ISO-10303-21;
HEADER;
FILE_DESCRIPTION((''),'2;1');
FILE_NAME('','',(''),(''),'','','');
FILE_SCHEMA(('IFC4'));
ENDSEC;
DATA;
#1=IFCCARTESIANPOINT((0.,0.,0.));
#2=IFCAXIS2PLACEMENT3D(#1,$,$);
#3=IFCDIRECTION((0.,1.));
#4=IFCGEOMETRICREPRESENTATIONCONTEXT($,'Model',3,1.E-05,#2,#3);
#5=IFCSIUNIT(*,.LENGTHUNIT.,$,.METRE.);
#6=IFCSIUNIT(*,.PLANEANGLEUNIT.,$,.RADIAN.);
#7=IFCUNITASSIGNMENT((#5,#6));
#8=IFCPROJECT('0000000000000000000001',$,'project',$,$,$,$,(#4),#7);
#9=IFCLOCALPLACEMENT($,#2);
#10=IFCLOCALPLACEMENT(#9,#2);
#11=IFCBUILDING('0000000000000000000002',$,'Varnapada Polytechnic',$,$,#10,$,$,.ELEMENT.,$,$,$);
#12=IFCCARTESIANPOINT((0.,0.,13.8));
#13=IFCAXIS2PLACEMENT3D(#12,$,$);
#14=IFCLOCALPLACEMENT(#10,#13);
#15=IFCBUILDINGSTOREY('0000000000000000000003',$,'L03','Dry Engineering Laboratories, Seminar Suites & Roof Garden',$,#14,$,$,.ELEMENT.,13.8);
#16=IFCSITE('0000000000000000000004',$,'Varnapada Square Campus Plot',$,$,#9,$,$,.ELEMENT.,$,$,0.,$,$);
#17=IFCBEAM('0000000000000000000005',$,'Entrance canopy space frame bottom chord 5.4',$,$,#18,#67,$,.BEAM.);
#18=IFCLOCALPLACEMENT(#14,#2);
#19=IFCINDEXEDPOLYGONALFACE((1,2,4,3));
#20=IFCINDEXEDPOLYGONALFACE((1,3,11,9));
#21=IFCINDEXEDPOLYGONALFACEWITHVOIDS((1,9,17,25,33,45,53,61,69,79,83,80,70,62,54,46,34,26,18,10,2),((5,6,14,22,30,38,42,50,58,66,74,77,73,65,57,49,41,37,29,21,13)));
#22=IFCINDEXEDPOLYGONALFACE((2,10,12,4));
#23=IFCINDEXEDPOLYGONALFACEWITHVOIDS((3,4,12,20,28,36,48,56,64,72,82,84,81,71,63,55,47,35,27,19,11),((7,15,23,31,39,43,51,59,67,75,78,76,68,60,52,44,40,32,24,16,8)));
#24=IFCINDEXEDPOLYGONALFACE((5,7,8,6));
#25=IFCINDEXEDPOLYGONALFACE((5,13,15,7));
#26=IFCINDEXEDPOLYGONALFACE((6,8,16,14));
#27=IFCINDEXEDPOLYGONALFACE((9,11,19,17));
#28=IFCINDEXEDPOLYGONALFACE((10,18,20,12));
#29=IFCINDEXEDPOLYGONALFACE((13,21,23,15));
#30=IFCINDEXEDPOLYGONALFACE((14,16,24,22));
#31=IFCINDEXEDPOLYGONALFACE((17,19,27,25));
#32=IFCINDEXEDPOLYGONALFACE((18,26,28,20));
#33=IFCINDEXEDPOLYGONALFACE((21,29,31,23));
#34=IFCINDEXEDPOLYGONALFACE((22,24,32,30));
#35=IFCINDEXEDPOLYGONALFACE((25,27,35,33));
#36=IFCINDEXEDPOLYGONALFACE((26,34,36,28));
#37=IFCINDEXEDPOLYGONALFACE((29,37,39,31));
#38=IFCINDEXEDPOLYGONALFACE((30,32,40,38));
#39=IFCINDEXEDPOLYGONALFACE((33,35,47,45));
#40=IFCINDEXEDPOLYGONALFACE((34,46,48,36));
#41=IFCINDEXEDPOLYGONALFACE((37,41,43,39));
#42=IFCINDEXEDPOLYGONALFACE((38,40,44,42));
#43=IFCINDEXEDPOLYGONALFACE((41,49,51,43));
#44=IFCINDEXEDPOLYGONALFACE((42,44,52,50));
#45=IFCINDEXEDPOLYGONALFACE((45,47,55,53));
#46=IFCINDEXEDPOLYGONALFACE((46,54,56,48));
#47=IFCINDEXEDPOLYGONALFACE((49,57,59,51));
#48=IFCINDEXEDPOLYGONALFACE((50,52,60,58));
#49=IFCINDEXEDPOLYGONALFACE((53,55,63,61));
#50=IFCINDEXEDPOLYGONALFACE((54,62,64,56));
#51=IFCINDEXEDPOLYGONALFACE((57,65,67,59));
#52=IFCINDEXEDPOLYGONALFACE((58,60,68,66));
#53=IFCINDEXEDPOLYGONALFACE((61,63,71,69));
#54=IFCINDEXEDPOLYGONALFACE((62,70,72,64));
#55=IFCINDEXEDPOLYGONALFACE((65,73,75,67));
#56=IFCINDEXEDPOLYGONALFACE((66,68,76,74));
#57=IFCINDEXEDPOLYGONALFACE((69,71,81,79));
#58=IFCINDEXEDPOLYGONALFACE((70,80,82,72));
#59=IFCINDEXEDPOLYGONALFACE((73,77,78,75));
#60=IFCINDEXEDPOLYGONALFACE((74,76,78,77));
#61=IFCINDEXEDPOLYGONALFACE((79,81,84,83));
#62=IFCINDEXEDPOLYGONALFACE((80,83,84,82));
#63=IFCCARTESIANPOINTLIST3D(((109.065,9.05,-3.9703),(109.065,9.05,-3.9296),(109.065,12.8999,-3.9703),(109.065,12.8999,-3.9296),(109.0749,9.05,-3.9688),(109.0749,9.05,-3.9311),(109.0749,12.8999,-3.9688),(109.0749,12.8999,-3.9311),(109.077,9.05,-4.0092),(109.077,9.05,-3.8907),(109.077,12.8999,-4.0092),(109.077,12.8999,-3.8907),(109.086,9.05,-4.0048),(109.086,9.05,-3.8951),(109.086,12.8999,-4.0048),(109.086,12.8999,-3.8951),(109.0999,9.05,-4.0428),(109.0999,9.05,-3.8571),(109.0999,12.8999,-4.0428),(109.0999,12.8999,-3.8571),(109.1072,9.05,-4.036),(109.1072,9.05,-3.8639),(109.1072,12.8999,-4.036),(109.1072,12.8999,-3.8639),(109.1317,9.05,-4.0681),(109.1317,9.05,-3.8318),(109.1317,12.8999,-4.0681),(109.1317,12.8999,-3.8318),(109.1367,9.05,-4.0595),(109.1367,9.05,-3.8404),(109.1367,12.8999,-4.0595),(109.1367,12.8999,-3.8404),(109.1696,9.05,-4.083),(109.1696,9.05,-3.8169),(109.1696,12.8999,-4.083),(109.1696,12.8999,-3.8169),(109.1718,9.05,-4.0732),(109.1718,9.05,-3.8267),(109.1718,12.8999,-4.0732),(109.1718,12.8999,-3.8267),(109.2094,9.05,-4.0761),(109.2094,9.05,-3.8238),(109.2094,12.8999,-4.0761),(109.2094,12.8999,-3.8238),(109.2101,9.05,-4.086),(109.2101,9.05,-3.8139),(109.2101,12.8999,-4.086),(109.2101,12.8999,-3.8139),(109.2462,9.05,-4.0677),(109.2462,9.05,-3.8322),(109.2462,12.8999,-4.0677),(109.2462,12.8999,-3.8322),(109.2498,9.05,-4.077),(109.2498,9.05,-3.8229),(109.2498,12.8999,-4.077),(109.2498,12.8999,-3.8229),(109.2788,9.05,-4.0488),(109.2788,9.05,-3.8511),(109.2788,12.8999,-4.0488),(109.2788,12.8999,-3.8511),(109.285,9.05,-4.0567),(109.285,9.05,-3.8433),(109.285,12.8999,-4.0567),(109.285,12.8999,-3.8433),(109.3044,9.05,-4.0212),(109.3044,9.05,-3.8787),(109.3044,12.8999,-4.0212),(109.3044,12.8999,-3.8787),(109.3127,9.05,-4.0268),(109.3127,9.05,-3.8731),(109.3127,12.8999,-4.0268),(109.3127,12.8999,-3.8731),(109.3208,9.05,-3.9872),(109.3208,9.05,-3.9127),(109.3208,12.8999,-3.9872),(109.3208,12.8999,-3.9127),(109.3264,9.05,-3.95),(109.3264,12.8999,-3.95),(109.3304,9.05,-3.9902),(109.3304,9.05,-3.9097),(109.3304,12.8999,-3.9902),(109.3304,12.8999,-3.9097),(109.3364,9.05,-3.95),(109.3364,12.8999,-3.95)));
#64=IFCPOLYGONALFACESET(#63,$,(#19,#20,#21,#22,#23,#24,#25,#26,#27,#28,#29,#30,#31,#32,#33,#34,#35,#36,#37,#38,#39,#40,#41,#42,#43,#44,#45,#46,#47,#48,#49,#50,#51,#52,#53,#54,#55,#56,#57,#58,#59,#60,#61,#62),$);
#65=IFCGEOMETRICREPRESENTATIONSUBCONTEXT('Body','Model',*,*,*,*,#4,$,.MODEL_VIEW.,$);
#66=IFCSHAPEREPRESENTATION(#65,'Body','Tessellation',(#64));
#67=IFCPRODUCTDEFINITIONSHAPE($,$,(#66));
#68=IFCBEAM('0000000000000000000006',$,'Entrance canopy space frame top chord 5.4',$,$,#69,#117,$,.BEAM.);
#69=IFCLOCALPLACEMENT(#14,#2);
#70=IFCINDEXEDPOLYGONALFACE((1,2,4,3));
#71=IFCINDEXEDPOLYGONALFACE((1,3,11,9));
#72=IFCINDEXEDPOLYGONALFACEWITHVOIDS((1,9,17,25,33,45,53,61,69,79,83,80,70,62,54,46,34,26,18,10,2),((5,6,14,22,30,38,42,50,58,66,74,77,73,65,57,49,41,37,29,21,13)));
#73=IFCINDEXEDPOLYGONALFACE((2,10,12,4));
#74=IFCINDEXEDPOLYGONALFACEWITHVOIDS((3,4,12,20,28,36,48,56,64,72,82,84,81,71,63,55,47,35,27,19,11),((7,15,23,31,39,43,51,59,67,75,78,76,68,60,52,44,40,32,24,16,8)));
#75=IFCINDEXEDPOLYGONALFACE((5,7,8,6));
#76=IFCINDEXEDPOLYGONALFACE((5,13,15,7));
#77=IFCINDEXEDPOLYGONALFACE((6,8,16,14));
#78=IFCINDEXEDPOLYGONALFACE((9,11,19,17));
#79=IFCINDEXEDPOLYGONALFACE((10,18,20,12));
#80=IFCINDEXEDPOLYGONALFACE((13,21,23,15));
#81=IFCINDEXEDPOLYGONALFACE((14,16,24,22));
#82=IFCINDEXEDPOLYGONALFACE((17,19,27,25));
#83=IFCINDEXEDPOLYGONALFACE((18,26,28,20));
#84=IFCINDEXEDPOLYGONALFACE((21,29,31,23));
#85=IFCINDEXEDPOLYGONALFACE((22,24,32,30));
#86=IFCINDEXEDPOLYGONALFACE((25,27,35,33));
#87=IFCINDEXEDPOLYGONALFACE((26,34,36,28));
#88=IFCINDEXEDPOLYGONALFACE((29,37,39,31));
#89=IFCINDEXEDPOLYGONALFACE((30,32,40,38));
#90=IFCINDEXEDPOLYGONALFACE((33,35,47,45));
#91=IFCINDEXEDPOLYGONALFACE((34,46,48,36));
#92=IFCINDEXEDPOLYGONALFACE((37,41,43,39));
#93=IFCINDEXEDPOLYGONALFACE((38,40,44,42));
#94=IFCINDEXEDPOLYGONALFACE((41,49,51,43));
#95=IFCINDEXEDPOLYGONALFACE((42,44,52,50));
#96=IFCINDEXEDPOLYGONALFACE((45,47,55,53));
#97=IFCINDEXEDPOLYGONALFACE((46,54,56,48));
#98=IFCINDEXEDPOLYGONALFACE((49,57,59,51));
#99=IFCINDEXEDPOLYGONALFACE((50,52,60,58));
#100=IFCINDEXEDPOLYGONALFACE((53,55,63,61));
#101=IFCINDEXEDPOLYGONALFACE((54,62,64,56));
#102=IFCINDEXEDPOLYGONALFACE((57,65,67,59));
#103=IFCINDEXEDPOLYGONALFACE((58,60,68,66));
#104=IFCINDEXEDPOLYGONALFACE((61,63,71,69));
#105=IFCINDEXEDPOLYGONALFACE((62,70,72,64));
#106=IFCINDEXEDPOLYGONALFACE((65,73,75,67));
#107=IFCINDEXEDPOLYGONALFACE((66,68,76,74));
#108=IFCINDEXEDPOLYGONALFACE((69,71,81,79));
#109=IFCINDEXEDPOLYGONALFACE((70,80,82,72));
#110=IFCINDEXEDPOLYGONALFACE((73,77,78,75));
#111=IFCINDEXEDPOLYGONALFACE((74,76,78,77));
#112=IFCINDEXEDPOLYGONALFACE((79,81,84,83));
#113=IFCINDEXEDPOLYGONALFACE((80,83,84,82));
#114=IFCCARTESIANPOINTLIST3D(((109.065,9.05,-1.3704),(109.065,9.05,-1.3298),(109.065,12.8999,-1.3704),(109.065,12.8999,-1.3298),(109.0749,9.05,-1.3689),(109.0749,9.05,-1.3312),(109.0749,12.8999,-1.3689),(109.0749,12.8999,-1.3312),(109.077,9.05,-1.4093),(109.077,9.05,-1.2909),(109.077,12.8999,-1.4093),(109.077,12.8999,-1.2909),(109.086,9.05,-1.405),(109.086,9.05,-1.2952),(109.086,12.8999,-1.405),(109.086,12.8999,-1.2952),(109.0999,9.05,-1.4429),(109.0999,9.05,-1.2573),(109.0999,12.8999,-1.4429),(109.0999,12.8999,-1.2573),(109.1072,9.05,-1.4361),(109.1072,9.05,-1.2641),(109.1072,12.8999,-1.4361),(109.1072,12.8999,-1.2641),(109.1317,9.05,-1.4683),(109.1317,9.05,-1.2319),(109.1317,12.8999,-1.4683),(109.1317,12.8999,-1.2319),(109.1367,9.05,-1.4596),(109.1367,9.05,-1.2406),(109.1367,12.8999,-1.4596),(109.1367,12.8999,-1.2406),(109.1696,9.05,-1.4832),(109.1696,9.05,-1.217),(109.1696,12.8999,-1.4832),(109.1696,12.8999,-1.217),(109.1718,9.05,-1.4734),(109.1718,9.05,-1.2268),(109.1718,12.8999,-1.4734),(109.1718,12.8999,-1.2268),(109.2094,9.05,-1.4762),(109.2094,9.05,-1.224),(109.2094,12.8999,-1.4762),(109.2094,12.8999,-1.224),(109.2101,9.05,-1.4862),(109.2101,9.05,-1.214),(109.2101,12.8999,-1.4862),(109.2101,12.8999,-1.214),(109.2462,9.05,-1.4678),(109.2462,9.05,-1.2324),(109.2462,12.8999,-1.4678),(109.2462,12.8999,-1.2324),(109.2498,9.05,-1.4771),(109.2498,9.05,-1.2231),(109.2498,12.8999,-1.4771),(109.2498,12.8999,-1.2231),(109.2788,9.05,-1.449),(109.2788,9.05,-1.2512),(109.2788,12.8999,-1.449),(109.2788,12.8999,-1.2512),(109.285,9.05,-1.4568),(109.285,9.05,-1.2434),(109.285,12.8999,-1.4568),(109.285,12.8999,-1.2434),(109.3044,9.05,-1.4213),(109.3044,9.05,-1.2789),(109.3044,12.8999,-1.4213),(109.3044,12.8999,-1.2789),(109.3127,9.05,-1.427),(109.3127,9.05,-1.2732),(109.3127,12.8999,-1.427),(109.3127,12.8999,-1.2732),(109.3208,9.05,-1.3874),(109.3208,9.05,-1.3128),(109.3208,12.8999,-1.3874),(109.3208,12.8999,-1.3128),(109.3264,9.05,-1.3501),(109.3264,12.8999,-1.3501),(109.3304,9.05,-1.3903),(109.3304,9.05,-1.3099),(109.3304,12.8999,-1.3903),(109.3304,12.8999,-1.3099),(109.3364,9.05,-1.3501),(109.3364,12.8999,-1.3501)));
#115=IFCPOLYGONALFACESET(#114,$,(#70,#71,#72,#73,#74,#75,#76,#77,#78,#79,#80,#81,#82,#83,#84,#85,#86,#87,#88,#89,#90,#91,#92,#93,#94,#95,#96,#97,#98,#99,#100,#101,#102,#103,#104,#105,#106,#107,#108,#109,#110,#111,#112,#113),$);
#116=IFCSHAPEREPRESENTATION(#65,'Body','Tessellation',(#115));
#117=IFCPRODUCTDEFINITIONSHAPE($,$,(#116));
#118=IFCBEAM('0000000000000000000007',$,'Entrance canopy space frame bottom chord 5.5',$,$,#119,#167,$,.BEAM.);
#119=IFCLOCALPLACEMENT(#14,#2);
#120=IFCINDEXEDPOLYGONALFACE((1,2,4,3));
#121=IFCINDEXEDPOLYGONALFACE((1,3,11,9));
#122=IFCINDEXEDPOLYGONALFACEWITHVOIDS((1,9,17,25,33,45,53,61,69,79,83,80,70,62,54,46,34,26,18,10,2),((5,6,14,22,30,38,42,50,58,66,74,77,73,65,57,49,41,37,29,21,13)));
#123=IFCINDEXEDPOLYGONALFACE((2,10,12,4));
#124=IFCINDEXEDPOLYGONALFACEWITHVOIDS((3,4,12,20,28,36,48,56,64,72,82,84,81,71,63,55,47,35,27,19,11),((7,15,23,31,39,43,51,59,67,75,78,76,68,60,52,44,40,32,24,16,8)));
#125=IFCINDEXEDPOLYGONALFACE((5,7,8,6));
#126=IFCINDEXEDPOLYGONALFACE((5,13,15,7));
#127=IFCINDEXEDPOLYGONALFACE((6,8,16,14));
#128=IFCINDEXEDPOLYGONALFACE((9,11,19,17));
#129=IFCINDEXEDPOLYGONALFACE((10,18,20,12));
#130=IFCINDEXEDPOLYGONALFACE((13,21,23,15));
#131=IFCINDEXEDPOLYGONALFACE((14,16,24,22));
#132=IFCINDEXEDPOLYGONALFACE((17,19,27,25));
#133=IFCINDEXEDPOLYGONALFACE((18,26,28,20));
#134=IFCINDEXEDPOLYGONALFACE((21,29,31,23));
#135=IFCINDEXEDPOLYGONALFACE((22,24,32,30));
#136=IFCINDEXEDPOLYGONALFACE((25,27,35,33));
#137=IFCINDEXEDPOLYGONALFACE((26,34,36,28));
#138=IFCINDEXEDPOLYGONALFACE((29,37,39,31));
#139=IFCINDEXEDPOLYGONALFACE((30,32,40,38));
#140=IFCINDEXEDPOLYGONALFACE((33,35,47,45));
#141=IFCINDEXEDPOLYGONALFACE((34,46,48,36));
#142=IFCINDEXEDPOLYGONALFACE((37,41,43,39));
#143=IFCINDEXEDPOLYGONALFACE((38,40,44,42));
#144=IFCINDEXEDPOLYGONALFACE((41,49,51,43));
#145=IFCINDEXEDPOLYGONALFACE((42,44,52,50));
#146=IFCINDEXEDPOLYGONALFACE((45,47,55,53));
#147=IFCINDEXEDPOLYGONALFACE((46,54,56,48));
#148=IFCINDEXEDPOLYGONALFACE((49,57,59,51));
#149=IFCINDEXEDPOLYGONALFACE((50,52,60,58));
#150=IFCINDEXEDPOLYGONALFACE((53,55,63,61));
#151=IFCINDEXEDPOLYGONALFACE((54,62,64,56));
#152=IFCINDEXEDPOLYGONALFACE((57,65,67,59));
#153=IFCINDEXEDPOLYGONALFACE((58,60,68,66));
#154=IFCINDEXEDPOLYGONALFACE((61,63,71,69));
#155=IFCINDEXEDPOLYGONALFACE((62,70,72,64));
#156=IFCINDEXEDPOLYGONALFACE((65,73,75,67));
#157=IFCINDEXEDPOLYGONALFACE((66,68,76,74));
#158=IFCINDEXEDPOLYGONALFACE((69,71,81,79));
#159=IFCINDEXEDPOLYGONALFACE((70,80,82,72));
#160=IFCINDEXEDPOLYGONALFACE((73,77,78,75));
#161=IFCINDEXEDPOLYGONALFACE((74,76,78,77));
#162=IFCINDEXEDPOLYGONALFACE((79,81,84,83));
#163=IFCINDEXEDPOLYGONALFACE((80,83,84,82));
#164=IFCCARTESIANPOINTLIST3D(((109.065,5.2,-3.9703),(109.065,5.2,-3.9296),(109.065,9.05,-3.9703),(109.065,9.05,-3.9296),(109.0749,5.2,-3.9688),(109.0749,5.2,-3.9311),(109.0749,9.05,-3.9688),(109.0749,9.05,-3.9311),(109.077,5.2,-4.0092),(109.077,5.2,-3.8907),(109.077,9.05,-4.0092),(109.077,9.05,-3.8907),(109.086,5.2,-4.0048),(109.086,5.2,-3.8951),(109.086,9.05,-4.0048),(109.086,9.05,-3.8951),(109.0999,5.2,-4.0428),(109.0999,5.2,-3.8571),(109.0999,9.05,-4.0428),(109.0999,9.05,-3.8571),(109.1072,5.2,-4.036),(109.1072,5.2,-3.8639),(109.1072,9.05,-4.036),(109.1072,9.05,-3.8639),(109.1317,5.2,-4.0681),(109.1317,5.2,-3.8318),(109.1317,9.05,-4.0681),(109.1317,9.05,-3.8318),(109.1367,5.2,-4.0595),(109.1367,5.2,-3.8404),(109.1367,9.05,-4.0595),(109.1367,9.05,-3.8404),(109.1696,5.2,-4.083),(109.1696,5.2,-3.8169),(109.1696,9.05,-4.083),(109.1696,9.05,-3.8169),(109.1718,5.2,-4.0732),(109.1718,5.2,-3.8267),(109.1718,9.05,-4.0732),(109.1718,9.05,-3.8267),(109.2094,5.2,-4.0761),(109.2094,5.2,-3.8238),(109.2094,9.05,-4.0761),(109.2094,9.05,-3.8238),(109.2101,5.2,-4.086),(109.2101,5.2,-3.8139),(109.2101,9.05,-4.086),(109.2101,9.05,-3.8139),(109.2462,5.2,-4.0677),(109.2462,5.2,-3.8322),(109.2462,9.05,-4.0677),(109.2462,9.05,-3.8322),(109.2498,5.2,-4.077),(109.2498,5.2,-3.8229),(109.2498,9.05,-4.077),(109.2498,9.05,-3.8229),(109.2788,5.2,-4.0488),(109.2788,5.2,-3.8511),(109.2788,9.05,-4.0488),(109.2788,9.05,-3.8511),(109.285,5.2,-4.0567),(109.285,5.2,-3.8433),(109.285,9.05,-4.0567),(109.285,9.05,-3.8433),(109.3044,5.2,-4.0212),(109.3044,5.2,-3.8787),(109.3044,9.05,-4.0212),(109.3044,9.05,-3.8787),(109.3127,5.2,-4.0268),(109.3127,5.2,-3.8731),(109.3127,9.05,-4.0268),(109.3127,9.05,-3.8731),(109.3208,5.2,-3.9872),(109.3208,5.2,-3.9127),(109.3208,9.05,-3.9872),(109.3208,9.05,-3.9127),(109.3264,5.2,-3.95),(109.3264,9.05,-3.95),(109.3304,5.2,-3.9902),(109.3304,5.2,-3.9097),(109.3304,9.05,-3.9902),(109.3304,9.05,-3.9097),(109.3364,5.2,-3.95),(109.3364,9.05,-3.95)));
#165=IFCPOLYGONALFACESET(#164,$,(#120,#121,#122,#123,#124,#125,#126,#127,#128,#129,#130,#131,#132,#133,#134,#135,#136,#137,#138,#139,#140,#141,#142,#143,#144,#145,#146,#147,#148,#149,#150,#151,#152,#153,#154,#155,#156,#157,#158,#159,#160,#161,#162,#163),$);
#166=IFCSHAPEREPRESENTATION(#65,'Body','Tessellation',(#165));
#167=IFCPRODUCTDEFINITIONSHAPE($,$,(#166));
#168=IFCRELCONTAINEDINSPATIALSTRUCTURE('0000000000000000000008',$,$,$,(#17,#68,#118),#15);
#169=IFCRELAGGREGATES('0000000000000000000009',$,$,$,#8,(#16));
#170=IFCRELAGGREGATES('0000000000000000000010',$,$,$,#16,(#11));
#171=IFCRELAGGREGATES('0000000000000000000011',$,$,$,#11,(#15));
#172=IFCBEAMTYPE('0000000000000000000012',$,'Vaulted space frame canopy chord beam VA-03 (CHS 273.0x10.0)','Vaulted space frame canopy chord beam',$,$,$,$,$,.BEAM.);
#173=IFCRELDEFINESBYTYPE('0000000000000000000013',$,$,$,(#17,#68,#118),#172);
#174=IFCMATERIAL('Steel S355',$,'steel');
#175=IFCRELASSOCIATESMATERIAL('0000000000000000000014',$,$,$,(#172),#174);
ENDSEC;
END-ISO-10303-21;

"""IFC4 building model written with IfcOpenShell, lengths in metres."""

from ifc_helpers import new_model, si_unit, direction, frame, origin, origin_2d, place, context, subcontext, project, spatial, hollow_circle, extrude, material, material_profile, profile_set, type_object, element, save


model = new_model("IFC4")

# Units and contexts
model_context = context("Model", 3, precision=1e-05, world=origin(), true_north=direction((0.0, 1.0)))
body_context = subcontext(model_context, "Body", "Model", "MODEL_VIEW")
ifc_project = project(units=[si_unit("LENGTHUNIT", "METRE"), si_unit("PLANEANGLEUNIT", "RADIAN")], contexts=[model_context])

# Site, building, storey
site_placement = place(None, origin())
site = spatial("IfcSite", under=ifc_project, at=site_placement, Name="Varnapada Square Campus Plot", CompositionType="ELEMENT", RefElevation=0.0)
building_placement = place(site_placement, origin())
building = spatial("IfcBuilding", under=site, at=building_placement, Name="Varnapada Polytechnic", CompositionType="ELEMENT")
storey_placement = place(building_placement, frame((0.0, 0.0, 13.8)))
storey = spatial("IfcBuildingStorey", under=building, at=storey_placement, Name="L03", Description="Dry Engineering Laboratories, Seminar Suites & Roof Garden", CompositionType="ELEMENT", Elevation=13.8)

# Shared definitions
ifc_material = material(Name="Steel S355", Category="steel")

# Beams
ifc_material_profile_1 = material_profile(ifc_material, hollow_circle(Radius=0.1365, WallThickness=0.01, at=origin_2d()), Name="CHS 273.0x10.0")
ifc_profile_set_1 = profile_set([ifc_material_profile_1], Name="Steel S355")
beam_type = type_object("IfcBeamType", Name="Vaulted space frame canopy chord beam VA-03 (CHS 273.0x10.0)", Description="Vaulted space frame canopy chord beam", PredefinedType="BEAM", material=ifc_profile_set_1)
for number, where, z_axis, x_axis, name in (
    (1, (109.2, 12.8999, -3.95), (0.0, -1.0, 0.0), (1.0, 0.0, 0.0), "Entrance canopy space frame bottom chord 5.4"),
    (2, (109.2, 12.8999, -1.3501), (0.0, -1.0, 0.0), (1.0, 0.0, 0.0), "Entrance canopy space frame top chord 5.4"),
):
    element("IfcBeam", number, at=place(storey_placement, frame(where, z_axis=z_axis, x_axis=x_axis)), inside=storey, type_object=beam_type, Name=name, PredefinedType="BEAM", context=body_context, shape_type="SweptSolid", body=[
        extrude(hollow_circle(Radius=0.1365, WallThickness=0.01, at=origin_2d()), origin(), (0.0, 0.0, 1.0), 3.8499),
    ])
for number, where, z_axis, x_axis, name in (
    (3, (109.2, 9.05, -3.95), (0.0, -1.0, 0.0), (1.0, 0.0, 0.0), "Entrance canopy space frame bottom chord 5.5"),
):
    element("IfcBeam", number, at=place(storey_placement, frame(where, z_axis=z_axis, x_axis=x_axis)), inside=storey, type_object=beam_type, Name=name, PredefinedType="BEAM", context=body_context, shape_type="SweptSolid", body=[
        extrude(hollow_circle(Radius=0.1365, WallThickness=0.01, at=origin_2d()), origin(), (0.0, 0.0, 1.0), 3.8501),
    ])

save(model, "model.ifc")
